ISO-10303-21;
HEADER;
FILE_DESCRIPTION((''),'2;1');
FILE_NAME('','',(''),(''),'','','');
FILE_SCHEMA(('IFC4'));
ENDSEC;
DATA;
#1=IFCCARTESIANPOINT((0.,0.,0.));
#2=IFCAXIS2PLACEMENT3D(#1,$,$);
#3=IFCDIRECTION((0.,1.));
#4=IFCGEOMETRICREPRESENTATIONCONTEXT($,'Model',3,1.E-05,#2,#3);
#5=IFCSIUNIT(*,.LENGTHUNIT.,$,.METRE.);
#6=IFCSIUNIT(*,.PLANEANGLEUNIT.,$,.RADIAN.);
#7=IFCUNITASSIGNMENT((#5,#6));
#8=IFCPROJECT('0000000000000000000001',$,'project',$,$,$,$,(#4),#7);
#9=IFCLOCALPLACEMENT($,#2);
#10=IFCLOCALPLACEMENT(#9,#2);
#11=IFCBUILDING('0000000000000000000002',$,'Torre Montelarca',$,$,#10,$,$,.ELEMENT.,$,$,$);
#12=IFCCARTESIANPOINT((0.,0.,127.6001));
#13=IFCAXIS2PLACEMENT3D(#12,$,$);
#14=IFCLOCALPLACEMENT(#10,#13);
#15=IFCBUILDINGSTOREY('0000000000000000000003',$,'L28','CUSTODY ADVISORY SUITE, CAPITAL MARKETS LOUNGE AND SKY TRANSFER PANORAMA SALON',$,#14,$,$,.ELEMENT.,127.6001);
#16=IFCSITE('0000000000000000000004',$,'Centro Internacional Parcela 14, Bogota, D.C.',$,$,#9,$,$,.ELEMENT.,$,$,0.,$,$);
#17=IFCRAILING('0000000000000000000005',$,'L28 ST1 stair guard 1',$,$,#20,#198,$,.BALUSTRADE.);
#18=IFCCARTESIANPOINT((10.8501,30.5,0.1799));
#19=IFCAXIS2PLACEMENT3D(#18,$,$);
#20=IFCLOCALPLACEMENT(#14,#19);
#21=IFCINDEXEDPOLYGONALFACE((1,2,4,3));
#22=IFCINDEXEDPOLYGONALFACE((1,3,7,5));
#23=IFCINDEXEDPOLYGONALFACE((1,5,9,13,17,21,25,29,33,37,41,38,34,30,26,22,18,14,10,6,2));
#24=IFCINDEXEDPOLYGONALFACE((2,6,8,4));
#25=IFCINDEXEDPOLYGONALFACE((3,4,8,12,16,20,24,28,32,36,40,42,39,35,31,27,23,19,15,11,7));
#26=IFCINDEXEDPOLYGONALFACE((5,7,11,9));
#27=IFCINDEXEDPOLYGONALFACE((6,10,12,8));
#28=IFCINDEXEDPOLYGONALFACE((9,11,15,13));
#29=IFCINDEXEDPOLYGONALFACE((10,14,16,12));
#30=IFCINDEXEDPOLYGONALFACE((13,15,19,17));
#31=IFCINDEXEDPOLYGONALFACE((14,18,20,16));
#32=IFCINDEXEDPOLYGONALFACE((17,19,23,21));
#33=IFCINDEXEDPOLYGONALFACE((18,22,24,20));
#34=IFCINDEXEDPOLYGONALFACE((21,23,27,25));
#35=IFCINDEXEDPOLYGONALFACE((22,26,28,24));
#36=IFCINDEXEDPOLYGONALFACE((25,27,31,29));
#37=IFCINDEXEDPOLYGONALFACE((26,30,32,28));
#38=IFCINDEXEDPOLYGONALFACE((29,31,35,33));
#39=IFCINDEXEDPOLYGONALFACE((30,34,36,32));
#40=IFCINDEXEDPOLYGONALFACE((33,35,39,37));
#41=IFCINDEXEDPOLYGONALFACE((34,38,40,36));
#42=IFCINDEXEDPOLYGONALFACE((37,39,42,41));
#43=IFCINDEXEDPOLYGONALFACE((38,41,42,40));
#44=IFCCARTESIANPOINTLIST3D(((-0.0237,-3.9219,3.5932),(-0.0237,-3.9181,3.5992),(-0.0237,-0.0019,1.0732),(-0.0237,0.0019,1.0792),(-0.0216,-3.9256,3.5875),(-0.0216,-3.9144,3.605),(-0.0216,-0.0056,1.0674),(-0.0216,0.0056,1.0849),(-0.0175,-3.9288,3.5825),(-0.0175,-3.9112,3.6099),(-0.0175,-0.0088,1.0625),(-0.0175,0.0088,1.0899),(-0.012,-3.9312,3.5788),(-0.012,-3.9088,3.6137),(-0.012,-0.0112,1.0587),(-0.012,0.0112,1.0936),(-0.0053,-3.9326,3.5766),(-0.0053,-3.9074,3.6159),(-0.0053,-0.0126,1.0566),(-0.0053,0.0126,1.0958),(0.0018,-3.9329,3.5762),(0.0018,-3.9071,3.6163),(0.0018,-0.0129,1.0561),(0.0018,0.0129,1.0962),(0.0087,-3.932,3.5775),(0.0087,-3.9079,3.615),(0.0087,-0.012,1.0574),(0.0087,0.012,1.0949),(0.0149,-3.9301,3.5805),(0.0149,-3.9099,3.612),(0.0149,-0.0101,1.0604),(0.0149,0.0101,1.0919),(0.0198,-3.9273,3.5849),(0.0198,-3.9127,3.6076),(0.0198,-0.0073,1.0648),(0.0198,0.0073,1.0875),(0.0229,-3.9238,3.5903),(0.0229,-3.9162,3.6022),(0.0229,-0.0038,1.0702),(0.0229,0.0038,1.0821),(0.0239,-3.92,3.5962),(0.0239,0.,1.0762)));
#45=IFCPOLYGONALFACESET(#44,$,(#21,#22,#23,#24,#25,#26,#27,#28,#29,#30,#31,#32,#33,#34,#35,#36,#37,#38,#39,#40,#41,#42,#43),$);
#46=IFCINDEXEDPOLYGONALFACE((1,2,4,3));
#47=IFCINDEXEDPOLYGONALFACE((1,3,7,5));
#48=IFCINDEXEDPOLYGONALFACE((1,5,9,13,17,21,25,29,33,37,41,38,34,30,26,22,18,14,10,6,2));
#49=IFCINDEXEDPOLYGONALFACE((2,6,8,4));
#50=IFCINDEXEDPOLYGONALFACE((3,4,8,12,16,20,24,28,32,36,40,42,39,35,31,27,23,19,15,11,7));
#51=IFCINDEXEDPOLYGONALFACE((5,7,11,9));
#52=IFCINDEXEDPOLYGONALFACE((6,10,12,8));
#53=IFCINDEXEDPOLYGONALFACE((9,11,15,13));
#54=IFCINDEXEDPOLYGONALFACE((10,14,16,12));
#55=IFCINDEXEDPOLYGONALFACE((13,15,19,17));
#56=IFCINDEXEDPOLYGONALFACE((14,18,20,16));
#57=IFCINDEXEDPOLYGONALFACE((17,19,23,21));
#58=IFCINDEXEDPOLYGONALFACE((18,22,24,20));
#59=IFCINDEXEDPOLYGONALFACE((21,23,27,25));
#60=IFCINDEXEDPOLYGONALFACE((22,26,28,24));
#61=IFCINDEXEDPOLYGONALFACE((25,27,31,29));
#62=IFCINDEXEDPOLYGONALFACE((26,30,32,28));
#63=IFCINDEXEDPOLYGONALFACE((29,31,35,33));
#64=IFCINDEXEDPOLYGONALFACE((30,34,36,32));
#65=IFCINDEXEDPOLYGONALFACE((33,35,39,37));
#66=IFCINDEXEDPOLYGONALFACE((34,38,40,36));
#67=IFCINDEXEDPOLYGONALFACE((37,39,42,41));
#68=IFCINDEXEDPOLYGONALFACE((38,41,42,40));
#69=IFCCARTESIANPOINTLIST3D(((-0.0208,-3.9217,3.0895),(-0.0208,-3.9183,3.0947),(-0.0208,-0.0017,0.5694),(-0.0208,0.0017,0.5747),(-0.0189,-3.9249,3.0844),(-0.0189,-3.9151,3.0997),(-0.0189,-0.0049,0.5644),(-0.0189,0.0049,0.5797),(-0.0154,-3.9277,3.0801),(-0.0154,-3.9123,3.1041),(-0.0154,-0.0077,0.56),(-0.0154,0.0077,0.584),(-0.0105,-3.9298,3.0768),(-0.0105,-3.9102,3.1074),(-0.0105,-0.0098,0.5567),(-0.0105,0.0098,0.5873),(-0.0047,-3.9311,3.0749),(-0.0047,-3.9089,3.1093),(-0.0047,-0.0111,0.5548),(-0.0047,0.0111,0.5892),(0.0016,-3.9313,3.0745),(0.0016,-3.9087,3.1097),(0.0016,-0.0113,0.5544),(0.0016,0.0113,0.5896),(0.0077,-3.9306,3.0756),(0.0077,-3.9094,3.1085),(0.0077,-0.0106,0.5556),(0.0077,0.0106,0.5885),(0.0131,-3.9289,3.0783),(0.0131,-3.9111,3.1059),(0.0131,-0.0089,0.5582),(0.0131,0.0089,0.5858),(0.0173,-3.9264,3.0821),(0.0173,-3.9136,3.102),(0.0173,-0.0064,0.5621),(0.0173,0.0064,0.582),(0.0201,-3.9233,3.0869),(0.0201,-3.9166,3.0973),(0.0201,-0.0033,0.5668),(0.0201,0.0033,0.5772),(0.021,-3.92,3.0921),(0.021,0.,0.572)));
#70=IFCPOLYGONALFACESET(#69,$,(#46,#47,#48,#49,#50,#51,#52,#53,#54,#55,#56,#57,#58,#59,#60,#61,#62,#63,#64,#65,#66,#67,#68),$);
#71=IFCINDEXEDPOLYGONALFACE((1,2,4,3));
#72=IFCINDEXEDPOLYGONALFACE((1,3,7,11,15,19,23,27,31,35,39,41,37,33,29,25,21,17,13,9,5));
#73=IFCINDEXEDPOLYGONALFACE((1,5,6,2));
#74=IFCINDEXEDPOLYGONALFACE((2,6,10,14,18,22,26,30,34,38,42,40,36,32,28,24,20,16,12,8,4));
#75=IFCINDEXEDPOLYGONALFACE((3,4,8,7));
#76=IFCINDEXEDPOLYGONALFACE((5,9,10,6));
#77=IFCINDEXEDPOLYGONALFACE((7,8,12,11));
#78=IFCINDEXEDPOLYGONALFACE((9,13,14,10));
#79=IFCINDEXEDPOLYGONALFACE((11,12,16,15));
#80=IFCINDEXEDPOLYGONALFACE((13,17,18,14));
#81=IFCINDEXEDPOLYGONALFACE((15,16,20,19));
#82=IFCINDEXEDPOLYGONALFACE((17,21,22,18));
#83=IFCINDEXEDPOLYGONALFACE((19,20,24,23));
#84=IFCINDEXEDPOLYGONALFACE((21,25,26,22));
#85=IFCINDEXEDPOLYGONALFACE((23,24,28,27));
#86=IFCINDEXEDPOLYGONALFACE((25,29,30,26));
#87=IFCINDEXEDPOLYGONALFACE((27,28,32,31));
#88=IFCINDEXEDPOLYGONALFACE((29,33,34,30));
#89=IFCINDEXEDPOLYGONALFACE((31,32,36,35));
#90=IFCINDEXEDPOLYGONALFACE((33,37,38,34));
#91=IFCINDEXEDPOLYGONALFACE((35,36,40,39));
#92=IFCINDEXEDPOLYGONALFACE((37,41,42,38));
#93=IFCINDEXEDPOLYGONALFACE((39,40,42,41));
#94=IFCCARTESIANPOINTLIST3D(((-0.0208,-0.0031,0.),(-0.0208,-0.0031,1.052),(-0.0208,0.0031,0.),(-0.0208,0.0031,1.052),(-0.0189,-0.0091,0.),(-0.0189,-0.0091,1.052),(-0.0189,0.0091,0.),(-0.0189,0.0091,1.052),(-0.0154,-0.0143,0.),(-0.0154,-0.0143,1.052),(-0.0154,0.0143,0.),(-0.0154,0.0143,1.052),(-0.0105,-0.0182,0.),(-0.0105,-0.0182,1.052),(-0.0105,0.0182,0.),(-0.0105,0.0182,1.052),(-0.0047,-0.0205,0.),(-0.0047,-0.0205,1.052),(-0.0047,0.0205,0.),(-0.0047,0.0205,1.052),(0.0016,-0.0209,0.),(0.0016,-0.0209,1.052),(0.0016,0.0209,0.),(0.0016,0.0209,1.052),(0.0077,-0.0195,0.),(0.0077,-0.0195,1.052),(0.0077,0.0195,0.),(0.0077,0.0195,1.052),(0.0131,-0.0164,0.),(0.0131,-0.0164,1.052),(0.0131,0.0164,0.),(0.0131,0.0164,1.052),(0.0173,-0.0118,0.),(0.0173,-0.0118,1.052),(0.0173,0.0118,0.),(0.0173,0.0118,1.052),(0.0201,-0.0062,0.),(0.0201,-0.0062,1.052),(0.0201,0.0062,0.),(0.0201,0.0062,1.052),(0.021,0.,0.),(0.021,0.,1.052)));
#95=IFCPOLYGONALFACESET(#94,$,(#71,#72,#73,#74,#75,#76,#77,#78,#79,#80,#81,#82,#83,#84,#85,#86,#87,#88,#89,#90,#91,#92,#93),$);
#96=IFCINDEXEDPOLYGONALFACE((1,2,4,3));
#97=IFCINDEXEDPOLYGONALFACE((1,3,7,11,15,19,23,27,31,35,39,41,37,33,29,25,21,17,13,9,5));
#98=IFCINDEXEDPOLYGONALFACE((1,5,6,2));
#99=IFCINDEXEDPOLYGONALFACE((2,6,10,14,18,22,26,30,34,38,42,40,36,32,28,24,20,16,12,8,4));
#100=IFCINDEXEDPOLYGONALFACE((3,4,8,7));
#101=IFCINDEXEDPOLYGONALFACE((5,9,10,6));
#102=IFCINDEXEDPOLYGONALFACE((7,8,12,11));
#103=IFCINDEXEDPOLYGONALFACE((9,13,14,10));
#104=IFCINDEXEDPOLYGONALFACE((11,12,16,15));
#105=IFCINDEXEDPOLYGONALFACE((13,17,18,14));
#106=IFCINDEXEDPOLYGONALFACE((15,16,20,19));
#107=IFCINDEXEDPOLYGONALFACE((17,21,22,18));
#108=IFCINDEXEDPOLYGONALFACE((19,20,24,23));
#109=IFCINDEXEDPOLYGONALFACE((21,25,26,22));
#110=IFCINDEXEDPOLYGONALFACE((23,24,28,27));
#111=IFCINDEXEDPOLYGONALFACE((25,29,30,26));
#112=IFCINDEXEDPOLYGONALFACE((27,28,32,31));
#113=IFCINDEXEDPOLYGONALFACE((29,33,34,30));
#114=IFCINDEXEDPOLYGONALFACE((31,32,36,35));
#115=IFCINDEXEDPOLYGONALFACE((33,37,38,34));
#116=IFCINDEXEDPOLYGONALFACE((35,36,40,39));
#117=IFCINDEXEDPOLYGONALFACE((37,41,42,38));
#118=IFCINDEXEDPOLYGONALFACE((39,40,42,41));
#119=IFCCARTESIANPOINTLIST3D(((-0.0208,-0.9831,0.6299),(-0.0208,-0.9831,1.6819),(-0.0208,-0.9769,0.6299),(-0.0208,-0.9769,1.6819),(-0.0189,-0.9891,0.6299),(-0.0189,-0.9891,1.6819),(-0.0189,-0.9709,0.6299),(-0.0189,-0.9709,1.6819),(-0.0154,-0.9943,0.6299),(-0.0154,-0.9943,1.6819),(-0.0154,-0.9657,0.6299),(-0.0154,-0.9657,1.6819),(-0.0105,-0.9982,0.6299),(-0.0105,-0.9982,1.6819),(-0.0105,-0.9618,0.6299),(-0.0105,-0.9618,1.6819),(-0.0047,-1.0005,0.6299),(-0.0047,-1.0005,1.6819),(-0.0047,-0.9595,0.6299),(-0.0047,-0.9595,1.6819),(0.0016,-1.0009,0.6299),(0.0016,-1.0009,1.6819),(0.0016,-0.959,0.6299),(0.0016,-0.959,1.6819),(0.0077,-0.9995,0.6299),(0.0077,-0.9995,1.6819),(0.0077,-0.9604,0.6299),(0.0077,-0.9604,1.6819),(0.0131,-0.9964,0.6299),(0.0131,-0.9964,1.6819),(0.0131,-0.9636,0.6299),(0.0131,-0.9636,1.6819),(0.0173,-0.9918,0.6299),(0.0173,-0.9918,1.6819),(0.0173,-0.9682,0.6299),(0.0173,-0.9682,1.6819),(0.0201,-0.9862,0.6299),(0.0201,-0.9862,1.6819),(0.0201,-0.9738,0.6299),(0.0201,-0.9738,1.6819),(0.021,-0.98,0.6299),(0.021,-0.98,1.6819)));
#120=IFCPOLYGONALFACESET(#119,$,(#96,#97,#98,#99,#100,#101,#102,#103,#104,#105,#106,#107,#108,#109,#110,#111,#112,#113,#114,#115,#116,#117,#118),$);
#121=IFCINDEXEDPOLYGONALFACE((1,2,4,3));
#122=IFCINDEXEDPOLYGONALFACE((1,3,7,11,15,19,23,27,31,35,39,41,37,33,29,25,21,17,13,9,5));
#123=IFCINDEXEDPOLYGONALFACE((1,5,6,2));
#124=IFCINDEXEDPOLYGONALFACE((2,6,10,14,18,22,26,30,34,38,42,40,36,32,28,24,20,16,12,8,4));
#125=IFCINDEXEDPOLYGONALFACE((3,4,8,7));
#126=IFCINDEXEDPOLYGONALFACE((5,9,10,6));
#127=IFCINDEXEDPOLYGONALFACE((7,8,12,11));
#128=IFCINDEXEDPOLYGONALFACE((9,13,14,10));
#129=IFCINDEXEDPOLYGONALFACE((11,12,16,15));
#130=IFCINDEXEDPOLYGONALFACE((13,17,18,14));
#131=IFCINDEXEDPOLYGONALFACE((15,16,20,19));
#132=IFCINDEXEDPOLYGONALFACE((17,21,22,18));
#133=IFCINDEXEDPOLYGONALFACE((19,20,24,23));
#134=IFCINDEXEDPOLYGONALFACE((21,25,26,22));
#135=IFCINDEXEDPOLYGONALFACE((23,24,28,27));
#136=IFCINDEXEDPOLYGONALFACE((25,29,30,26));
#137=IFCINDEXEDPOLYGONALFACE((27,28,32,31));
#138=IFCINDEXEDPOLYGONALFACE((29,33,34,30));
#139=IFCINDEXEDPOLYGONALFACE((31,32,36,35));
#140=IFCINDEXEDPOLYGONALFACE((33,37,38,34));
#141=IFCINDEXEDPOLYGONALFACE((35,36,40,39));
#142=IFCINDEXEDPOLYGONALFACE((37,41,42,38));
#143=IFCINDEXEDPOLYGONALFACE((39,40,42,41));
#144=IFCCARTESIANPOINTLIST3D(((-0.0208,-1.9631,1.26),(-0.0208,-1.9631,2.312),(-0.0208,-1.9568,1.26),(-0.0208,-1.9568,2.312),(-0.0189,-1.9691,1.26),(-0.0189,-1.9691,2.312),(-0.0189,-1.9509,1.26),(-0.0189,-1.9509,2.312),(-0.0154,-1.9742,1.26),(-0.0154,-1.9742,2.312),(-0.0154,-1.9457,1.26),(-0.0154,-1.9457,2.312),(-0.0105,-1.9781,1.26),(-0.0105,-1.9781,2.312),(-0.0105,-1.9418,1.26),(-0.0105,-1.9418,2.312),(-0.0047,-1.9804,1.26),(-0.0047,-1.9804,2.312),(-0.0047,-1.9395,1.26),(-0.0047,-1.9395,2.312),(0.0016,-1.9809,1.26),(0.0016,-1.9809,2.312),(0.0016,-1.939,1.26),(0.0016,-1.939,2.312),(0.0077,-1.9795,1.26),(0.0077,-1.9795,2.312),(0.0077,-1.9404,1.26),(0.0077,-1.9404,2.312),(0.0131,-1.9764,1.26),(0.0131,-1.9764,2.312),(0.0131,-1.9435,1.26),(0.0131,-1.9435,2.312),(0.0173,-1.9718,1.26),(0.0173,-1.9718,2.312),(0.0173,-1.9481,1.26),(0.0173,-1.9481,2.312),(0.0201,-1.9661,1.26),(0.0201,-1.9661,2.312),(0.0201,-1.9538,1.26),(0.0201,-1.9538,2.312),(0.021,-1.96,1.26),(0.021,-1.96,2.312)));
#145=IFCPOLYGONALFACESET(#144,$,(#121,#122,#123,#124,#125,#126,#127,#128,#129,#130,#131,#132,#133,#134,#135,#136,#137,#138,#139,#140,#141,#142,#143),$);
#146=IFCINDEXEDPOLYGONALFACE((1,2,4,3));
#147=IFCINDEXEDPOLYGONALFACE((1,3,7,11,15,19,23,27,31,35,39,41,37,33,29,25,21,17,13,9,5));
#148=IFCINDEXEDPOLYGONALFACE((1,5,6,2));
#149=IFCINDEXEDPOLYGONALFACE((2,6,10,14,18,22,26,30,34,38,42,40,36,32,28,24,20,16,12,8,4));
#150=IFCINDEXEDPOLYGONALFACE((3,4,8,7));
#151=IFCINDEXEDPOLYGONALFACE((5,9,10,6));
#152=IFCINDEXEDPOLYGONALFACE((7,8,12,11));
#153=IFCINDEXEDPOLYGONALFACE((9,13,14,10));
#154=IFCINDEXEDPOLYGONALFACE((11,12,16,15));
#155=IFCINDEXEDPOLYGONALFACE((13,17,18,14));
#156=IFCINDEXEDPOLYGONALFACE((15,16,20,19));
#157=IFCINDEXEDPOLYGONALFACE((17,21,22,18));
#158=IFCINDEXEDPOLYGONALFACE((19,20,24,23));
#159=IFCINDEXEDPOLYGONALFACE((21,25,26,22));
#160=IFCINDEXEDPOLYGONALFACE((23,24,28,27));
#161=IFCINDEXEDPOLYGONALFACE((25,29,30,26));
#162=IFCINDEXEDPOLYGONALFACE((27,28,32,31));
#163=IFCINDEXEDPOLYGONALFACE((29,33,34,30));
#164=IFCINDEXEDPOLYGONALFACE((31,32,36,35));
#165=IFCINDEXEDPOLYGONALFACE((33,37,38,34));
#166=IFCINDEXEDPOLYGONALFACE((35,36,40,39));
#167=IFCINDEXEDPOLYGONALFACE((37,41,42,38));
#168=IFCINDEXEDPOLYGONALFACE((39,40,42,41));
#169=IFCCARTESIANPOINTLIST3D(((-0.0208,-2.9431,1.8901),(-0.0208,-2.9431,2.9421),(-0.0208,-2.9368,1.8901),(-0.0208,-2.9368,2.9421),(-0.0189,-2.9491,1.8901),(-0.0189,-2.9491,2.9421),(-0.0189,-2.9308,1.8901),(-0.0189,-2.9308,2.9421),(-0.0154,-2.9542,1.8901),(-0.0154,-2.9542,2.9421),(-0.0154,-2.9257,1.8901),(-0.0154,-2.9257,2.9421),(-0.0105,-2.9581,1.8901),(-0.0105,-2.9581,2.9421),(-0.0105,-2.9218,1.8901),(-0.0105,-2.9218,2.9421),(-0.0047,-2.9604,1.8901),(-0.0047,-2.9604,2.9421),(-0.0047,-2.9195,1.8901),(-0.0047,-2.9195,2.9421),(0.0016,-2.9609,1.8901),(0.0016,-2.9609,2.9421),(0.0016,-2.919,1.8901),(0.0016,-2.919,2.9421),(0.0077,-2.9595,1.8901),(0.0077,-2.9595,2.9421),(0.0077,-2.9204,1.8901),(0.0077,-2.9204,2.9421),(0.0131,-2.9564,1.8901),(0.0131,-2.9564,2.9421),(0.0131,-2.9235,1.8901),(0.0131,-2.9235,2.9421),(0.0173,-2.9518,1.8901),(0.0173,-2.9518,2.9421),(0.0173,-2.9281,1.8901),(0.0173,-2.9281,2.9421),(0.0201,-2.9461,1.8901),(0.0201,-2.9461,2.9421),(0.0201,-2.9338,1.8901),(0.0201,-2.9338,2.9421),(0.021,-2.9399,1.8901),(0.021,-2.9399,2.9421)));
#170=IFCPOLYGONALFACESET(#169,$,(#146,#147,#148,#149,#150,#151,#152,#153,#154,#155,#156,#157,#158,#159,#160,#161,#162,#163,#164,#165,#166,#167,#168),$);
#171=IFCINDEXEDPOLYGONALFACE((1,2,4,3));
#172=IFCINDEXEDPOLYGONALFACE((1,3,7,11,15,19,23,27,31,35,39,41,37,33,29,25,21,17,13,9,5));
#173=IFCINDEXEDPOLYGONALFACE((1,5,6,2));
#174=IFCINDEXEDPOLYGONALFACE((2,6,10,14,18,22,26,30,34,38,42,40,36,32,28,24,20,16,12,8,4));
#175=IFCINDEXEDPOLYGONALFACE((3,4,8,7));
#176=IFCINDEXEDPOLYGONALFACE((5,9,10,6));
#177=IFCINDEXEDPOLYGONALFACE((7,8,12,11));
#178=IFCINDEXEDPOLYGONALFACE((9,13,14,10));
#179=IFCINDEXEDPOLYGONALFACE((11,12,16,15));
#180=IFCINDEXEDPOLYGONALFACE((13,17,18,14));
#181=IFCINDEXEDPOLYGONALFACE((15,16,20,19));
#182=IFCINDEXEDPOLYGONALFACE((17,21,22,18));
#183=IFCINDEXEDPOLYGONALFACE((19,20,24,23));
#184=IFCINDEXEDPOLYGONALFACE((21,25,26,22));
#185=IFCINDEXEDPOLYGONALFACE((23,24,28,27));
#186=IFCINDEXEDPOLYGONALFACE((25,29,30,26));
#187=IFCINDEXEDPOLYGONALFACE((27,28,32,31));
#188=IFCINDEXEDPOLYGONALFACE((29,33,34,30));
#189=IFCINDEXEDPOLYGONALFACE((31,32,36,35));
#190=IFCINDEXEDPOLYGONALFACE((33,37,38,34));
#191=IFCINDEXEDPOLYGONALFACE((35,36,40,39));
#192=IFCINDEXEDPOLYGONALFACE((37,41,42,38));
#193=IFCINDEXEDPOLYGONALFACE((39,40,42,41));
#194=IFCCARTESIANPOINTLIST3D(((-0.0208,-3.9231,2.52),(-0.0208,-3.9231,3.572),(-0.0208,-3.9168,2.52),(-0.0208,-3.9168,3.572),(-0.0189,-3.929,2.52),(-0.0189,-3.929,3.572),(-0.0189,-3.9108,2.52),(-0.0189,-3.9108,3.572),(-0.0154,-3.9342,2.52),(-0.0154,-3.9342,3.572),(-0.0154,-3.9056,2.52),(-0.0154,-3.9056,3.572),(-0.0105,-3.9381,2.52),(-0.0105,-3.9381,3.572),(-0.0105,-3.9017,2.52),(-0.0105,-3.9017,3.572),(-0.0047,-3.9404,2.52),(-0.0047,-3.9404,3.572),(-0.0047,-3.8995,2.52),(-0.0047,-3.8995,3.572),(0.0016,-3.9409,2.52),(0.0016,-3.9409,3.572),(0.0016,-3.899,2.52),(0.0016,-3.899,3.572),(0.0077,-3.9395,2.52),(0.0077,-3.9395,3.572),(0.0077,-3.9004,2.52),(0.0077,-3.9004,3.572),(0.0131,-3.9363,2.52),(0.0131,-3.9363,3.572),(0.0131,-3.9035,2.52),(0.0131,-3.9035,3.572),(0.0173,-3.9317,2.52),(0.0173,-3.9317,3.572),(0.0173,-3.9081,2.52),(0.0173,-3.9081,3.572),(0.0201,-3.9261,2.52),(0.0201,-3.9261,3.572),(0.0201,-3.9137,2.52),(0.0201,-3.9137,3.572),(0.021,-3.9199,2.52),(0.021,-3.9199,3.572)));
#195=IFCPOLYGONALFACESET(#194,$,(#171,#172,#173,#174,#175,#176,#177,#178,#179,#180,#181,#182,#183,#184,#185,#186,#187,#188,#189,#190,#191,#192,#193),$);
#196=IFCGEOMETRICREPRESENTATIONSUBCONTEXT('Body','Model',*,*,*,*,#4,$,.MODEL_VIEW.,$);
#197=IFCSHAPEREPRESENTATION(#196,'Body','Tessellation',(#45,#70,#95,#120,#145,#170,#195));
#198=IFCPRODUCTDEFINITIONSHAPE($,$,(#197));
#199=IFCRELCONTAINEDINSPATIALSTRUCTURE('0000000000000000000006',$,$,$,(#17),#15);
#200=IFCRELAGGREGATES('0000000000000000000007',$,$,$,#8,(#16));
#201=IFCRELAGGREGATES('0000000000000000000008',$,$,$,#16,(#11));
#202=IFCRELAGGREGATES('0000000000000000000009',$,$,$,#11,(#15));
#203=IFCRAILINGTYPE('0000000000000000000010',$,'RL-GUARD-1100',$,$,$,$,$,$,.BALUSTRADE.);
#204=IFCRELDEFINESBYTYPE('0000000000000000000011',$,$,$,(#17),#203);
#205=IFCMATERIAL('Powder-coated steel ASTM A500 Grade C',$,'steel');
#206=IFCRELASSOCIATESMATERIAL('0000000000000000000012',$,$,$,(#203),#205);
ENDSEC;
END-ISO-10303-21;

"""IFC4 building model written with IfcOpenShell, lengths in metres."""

from ifc_helpers import new_model, si_unit, direction, frame, origin, origin_2d, place, context, subcontext, project, spatial, circle, extrude, material, type_object, element, save


model = new_model("IFC4")

# Units and contexts
model_context = context("Model", 3, precision=1e-05, world=origin(), true_north=direction((0.0, 1.0)))
body_context = subcontext(model_context, "Body", "Model", "MODEL_VIEW")
ifc_project = project(units=[si_unit("LENGTHUNIT", "METRE"), si_unit("PLANEANGLEUNIT", "RADIAN")], contexts=[model_context])

# Site, building, storey
site_placement = place(None, origin())
site = spatial("IfcSite", under=ifc_project, at=site_placement, Name="Centro Internacional Parcela 14, Bogota, D.C.", CompositionType="ELEMENT", RefElevation=0.0)
building_placement = place(site_placement, origin())
building = spatial("IfcBuilding", under=site, at=building_placement, Name="Torre Montelarca", CompositionType="ELEMENT")
storey_placement = place(building_placement, frame((0.0, 0.0, 127.6001)))
storey = spatial("IfcBuildingStorey", under=building, at=storey_placement, Name="L28", Description="CUSTODY ADVISORY SUITE, CAPITAL MARKETS LOUNGE AND SKY TRANSFER PANORAMA SALON", CompositionType="ELEMENT", Elevation=127.6001)

# Railing
ifc_material_1 = material(Name="Powder-coated steel ASTM A500 Grade C", Category="steel")
railing_type_1 = type_object("IfcRailingType", Name="RL-GUARD-1100", PredefinedType="BALUSTRADE", material=ifc_material_1)
railing_1_placement = place(storey_placement, frame((10.8501, 30.5, 0.1799)))
element("IfcRailing", 1, at=railing_1_placement, inside=storey, type_object=railing_type_1, Name="L28 ST1 stair guard 1", PredefinedType="BALUSTRADE", context=body_context, shape_type="SweptSolid", body=[
    extrude(circle(Radius=0.0239, at=origin_2d()), frame((0.0, 0.0, 1.0762), z_axis=(0.0, -0.841172, 0.540768), x_axis=(1.0, 0.0, 0.0)), (0.0, 0.0, 1.0), 4.6602),
    extrude(circle(Radius=0.021, at=origin_2d()), frame((0.0, 0.0, 0.572), z_axis=(0.0, -0.841172, 0.540768), x_axis=(1.0, 0.0, 0.0)), (0.0, 0.0, 1.0), 4.6602),
    extrude(circle(Radius=0.021, at=origin_2d()), origin(), (0.0, 0.0, 1.0), 1.052),
    extrude(circle(Radius=0.021, at=origin_2d()), frame((0.0, -0.98, 0.6299)), (0.0, 0.0, 1.0), 1.052),
    extrude(circle(Radius=0.021, at=origin_2d()), frame((0.0, -1.96, 1.26)), (0.0, 0.0, 1.0), 1.052),
    extrude(circle(Radius=0.021, at=origin_2d()), frame((0.0, -2.9399, 1.8901)), (0.0, 0.0, 1.0), 1.052),
    extrude(circle(Radius=0.021, at=origin_2d()), frame((0.0, -3.9199, 2.52)), (0.0, 0.0, 1.0), 1.052),
])

save(model, "model.ifc")
